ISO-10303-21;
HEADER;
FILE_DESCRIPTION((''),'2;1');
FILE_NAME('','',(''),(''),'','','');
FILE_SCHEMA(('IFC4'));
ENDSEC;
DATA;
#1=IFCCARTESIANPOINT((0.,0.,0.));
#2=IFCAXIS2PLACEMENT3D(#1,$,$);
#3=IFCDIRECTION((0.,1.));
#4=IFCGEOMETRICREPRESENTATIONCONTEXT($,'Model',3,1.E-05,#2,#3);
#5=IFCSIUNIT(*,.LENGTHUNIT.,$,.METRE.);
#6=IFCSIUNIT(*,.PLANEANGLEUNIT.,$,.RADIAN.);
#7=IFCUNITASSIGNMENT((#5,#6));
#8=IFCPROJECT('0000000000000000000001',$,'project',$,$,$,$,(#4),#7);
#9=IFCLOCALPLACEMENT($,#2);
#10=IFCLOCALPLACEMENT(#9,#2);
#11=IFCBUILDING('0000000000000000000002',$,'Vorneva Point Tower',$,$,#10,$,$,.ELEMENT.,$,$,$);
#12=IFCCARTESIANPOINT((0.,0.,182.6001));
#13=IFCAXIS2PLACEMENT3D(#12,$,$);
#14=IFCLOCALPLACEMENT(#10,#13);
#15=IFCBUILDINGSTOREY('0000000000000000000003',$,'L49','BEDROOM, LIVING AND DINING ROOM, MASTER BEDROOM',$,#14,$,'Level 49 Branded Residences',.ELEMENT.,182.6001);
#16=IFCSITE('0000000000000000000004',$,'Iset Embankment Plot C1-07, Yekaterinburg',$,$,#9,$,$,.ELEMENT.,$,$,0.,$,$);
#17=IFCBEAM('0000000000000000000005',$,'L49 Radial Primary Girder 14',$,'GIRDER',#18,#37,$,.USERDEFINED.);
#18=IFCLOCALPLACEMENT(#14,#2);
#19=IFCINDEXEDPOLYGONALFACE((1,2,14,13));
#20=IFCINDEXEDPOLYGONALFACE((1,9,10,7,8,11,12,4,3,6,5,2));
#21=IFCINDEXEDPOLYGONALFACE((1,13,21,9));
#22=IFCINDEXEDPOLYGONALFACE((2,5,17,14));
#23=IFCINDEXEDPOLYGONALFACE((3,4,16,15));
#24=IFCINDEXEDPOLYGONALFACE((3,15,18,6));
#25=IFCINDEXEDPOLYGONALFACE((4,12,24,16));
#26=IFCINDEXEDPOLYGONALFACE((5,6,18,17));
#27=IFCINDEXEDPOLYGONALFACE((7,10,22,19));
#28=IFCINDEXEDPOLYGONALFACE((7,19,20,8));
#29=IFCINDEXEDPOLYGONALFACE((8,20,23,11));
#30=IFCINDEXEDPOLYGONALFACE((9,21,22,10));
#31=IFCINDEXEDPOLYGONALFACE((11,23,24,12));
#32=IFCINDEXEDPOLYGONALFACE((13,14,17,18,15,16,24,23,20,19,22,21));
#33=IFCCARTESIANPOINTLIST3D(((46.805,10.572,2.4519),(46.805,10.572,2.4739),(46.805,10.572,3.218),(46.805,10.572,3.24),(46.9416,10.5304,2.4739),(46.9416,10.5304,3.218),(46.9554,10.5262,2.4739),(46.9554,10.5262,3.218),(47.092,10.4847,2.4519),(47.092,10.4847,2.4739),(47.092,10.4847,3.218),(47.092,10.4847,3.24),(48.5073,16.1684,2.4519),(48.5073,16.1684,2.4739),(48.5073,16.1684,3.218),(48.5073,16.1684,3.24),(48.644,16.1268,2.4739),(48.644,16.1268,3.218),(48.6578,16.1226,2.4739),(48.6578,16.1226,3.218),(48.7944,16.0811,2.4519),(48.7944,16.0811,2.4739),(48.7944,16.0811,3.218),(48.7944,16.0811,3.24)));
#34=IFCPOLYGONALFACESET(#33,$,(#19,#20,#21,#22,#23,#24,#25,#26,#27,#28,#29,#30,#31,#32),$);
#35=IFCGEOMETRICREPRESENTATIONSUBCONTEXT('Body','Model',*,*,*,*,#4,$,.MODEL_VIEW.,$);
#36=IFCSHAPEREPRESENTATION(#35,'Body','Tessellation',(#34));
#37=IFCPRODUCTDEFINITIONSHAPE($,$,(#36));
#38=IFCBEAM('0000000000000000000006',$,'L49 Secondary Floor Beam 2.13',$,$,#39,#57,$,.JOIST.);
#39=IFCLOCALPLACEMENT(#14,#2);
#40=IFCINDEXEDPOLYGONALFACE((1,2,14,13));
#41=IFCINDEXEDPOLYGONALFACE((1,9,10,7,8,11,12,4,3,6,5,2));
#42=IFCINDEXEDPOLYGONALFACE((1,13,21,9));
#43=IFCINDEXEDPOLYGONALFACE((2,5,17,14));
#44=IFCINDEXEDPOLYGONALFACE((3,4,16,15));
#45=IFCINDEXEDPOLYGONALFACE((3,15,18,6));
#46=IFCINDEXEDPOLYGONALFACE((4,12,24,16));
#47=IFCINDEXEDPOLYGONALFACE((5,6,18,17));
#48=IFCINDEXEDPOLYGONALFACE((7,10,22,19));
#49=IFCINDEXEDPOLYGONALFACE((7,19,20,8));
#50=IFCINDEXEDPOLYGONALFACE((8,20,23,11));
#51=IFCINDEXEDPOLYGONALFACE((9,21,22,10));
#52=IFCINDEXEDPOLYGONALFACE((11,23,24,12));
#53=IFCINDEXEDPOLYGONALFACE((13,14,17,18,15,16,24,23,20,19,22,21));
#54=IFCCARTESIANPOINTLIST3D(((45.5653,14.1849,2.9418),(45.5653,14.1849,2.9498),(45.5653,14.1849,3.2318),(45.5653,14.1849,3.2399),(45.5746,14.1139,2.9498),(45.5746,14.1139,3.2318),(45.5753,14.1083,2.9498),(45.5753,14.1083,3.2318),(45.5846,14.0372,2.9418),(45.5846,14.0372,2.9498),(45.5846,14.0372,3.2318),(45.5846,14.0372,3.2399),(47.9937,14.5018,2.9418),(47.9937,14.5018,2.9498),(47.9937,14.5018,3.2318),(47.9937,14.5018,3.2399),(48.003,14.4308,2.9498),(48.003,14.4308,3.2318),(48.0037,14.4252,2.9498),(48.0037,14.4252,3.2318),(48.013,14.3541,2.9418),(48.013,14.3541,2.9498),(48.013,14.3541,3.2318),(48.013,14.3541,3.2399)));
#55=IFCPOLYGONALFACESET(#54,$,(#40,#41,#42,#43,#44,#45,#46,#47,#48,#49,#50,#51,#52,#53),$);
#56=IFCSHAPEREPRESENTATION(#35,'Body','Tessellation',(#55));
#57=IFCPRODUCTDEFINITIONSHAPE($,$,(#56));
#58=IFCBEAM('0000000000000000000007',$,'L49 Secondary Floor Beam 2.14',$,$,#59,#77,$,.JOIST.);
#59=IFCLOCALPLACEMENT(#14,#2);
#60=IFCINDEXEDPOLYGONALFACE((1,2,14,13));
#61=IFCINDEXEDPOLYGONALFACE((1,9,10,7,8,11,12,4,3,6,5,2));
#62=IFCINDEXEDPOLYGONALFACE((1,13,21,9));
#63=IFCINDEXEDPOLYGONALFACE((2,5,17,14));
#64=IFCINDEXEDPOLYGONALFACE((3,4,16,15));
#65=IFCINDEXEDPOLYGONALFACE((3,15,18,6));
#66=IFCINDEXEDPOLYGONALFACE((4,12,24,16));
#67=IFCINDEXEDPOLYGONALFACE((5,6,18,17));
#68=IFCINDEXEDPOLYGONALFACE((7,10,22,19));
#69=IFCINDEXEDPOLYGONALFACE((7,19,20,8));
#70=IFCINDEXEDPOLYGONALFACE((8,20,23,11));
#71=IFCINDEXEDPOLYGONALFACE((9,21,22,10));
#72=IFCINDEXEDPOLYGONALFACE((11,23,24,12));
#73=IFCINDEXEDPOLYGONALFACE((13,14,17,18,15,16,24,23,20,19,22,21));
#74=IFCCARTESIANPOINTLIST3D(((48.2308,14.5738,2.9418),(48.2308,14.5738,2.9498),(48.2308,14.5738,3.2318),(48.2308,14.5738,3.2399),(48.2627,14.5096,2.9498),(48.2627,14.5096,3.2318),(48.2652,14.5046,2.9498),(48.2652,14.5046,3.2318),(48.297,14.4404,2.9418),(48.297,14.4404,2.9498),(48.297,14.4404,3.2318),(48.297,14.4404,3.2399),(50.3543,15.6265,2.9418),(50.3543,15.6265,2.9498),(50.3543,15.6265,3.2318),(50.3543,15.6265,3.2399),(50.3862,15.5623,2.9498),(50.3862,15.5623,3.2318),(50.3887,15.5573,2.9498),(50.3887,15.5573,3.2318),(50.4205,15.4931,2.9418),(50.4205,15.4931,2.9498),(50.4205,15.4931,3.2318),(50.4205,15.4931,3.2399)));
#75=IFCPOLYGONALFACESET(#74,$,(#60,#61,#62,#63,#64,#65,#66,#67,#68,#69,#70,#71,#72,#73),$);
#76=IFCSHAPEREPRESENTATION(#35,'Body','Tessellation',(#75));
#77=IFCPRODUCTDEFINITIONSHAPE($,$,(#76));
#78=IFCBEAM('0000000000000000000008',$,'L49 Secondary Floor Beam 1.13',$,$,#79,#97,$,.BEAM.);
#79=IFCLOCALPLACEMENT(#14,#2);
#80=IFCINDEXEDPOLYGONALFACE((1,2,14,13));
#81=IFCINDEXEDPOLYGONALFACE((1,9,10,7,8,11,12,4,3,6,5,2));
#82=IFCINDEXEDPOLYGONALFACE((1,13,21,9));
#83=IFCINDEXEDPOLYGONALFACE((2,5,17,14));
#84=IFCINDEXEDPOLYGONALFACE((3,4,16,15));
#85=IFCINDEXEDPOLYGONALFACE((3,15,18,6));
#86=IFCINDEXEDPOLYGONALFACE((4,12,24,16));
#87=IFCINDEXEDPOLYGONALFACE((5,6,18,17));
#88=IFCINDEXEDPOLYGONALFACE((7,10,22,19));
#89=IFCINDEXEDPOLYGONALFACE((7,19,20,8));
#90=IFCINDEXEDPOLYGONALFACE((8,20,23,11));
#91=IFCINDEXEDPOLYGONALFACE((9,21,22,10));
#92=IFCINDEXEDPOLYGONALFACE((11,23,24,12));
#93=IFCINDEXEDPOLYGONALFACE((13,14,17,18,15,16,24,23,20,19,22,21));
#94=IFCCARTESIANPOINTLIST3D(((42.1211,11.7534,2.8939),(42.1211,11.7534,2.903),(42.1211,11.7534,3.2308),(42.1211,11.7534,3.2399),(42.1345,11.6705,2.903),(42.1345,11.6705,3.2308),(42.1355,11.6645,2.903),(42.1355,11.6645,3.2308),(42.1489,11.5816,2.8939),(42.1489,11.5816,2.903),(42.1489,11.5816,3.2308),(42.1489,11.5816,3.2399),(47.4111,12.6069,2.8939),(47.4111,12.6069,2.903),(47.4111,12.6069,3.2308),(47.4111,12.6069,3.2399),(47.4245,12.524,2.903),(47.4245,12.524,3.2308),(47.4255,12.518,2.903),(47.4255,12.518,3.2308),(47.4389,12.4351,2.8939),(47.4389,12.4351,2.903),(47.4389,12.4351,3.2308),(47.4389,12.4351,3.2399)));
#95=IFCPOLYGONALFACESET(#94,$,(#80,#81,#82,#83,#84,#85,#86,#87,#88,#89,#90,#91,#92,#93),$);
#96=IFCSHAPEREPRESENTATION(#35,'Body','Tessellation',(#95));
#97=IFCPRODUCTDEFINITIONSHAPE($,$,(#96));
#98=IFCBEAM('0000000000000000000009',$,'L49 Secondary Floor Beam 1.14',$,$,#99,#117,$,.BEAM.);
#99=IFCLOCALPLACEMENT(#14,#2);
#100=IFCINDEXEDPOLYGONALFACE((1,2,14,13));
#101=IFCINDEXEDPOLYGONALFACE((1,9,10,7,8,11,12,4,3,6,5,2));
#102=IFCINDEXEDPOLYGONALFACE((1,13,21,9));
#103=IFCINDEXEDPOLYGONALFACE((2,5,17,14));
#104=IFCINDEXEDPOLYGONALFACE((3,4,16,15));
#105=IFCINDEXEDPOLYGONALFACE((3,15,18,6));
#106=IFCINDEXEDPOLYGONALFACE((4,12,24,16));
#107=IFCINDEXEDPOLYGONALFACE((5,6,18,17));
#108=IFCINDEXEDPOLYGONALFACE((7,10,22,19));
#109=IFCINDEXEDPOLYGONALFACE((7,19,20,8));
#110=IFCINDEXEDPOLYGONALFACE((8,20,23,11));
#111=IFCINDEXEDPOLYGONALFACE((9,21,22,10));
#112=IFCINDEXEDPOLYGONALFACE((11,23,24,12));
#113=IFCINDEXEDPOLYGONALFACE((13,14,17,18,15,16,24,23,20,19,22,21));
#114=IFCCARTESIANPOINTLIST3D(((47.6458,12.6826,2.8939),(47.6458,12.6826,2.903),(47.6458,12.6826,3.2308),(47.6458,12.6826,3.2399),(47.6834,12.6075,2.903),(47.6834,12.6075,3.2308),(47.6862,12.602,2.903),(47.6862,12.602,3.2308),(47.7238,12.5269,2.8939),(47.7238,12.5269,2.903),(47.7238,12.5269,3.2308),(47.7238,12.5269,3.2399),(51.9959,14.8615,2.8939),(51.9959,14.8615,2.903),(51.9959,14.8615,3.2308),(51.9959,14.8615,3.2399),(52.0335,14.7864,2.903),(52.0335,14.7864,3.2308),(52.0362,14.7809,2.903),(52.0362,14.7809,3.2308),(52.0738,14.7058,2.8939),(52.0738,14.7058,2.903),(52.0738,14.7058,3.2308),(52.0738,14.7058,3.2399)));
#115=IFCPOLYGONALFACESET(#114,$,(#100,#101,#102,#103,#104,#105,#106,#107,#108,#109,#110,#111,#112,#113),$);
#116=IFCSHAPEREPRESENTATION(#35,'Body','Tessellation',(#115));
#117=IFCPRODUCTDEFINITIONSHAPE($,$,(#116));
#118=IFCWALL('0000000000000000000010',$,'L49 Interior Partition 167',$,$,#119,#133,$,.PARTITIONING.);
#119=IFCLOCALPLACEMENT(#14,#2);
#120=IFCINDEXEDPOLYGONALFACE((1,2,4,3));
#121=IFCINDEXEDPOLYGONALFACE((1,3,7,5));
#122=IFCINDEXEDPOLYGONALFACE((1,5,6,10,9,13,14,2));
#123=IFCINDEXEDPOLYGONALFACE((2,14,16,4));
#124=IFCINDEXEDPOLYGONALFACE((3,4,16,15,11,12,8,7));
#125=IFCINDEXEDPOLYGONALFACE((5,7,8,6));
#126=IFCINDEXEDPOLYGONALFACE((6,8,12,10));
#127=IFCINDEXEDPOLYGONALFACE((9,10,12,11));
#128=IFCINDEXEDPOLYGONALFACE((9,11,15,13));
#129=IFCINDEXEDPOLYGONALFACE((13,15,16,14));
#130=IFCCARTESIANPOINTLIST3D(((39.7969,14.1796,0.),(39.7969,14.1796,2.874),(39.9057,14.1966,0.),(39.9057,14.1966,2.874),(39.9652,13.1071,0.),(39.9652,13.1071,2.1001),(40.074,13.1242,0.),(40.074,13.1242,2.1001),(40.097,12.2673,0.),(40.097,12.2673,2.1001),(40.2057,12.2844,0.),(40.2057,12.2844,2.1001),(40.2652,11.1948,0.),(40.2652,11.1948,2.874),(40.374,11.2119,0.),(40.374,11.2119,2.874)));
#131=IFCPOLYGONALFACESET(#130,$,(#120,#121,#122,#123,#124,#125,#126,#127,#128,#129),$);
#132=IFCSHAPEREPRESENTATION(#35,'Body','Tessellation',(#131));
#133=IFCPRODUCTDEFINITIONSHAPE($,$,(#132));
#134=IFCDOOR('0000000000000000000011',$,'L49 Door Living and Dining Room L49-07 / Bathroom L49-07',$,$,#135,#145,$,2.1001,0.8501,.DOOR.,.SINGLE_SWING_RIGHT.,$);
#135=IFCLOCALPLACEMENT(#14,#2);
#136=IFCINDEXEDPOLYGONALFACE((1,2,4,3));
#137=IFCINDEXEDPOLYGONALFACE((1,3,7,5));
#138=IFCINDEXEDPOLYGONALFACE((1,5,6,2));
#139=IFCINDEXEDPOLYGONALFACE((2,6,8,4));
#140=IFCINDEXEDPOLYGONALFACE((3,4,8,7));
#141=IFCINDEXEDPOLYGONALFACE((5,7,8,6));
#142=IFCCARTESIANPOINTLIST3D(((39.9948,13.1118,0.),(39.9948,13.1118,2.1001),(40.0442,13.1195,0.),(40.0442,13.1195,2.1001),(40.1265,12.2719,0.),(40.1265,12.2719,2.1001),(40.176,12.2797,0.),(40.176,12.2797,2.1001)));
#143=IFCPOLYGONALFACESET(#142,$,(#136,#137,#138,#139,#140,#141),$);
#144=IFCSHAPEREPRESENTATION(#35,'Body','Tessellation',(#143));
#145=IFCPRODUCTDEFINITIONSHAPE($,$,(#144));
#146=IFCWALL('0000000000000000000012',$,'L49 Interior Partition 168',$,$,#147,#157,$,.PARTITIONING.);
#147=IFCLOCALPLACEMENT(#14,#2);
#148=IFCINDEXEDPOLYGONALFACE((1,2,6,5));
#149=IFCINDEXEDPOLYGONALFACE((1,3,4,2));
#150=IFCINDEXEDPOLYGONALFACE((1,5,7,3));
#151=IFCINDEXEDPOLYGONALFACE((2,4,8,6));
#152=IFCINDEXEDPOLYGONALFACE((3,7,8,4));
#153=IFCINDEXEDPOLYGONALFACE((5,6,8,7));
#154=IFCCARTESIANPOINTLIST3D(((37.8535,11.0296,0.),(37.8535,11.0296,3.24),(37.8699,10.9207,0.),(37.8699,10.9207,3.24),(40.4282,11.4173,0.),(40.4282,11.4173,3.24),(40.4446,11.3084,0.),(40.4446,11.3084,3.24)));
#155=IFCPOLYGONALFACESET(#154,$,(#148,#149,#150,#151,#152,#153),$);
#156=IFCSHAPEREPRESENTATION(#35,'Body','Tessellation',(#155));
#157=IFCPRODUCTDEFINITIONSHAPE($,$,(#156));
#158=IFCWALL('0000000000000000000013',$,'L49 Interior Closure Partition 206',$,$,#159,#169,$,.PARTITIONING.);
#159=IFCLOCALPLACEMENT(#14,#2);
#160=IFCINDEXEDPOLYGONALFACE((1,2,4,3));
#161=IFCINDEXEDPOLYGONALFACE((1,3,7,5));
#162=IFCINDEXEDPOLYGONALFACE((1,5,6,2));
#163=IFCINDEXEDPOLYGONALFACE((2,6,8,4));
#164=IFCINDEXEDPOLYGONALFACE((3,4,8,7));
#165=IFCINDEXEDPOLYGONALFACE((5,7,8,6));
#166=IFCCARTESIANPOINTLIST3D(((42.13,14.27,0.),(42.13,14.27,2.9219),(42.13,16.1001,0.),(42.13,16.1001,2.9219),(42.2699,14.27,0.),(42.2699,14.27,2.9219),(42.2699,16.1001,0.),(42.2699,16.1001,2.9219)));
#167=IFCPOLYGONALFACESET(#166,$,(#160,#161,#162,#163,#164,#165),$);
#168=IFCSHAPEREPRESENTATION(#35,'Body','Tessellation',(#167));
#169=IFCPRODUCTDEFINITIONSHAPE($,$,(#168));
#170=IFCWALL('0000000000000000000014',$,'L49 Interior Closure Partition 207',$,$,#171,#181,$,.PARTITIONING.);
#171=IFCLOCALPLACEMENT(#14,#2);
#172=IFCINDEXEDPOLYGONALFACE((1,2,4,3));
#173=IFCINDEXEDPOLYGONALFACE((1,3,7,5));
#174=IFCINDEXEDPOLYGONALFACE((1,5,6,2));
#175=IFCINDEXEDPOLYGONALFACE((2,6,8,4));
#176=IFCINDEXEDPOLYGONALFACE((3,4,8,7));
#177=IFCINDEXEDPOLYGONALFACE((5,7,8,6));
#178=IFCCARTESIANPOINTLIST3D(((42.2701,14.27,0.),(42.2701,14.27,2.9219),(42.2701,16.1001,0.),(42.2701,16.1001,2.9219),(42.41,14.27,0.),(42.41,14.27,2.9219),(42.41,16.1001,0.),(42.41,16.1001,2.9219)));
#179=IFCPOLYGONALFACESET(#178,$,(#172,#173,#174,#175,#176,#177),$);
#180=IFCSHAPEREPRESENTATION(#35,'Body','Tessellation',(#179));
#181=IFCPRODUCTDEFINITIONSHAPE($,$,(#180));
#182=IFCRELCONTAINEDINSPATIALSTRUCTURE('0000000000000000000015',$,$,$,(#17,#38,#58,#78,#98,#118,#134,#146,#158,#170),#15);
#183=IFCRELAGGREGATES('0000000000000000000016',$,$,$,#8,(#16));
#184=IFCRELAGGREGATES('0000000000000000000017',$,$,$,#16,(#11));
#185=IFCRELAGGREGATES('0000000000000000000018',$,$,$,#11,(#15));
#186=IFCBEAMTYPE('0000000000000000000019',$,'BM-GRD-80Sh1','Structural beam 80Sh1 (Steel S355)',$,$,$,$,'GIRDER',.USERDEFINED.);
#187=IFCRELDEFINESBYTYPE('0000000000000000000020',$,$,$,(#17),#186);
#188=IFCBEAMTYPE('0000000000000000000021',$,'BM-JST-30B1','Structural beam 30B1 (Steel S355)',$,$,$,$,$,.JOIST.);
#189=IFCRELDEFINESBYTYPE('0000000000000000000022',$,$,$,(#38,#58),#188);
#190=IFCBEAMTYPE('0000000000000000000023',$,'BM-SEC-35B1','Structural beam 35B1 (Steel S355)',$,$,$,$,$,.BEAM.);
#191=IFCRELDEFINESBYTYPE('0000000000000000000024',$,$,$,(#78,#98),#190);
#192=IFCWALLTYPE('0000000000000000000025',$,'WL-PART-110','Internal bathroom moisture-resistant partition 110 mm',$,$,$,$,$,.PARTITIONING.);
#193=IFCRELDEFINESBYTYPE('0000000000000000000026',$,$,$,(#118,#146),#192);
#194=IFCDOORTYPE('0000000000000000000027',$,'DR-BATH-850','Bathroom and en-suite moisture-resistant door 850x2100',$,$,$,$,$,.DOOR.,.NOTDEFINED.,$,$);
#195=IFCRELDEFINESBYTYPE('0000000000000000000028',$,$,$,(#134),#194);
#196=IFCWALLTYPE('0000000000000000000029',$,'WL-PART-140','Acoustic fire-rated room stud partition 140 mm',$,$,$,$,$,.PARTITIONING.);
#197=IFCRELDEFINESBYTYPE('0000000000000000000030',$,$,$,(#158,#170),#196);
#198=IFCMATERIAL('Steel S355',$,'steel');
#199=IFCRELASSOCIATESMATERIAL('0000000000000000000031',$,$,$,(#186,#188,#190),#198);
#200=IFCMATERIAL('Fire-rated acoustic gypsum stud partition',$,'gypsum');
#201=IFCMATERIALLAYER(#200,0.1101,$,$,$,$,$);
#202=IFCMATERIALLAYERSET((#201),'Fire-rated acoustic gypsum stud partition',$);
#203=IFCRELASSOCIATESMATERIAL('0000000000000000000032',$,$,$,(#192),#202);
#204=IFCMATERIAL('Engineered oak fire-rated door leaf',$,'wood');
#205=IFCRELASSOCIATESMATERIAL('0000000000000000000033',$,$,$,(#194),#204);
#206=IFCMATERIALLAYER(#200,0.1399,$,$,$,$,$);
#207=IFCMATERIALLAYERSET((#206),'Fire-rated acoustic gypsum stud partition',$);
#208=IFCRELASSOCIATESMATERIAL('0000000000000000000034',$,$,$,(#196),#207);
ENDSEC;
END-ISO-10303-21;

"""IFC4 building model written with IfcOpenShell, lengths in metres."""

from ifc_helpers import new_model, si_unit, direction, frame, frame_2d, origin, origin_2d, place, context, subcontext, project, spatial, rectangle, i_section, extrude, material, layer, layer_set, material_profile, profile_set, type_object, element, fill, save


model = new_model("IFC4")

# Units and contexts
model_context = context("Model", 3, precision=1e-05, world=origin(), true_north=direction((0.0, 1.0)))
body_context = subcontext(model_context, "Body", "Model", "MODEL_VIEW")
ifc_project = project(units=[si_unit("LENGTHUNIT", "METRE"), si_unit("PLANEANGLEUNIT", "RADIAN")], contexts=[model_context])

# Site, building, storey
site_placement = place(None, origin())
site = spatial("IfcSite", under=ifc_project, at=site_placement, Name="Iset Embankment Plot C1-07, Yekaterinburg", CompositionType="ELEMENT", RefElevation=0.0)
building_placement = place(site_placement, origin())
building = spatial("IfcBuilding", under=site, at=building_placement, Name="Vorneva Point Tower", CompositionType="ELEMENT")
storey_placement = place(building_placement, frame((0.0, 0.0, 182.6001)))
storey = spatial("IfcBuildingStorey", under=building, at=storey_placement, Name="L49", Description="BEDROOM, LIVING AND DINING ROOM, MASTER BEDROOM", LongName="Level 49 Branded Residences", CompositionType="ELEMENT", Elevation=182.6001)

# Beams
ifc_material_1 = material(Name="Steel S355", Category="steel")
ifc_material_profile_1 = material_profile(ifc_material_1, i_section(OverallWidth=0.3, OverallDepth=0.7881, WebThickness=0.0144, FlangeThickness=0.022, at=origin_2d()), Name="80Sh1")
ifc_profile_set_1 = profile_set([ifc_material_profile_1], Name="Steel S355")
beam_type_1 = type_object("IfcBeamType", Name="BM-GRD-80Sh1", Description="Structural beam 80Sh1 (Steel S355)", ElementType="GIRDER", PredefinedType="USERDEFINED", material=ifc_profile_set_1)
beam_1_placement = place(storey_placement, frame((46.9485, 10.5283, 2.8459), z_axis=(0.291025, 0.956715, 0.0), x_axis=(-0.956715, 0.291025, 0.0)))
element("IfcBeam", 1, at=beam_1_placement, inside=storey, type_object=beam_type_1, Name="L49 Radial Primary Girder 14", ObjectType="GIRDER", PredefinedType="USERDEFINED", context=body_context, shape_type="SweptSolid", body=[
    extrude(i_section(OverallWidth=0.3, OverallDepth=0.7881, WebThickness=0.0144, FlangeThickness=0.022, at=origin_2d()), origin(), (0.0, 0.0, 1.0), 5.8496),
])
ifc_material_profile_2 = material_profile(ifc_material_1, i_section(OverallWidth=0.1489, OverallDepth=0.2981, WebThickness=0.0056, FlangeThickness=0.0081, at=origin_2d()), Name="30B1")
ifc_profile_set_2 = profile_set([ifc_material_profile_2], Name="Steel S355")
beam_type_2 = type_object("IfcBeamType", Name="BM-JST-30B1", Description="Structural beam 30B1 (Steel S355)", PredefinedType="JOIST", material=ifc_profile_set_2)
beam_2_placement = place(storey_placement, frame((45.575, 14.1111, 3.0908), z_axis=(0.991593, 0.129395, 0.0), x_axis=(-0.129395, 0.991593, 0.0)))
element("IfcBeam", 2, at=beam_2_placement, inside=storey, type_object=beam_type_2, Name="L49 Secondary Floor Beam 2.13", PredefinedType="JOIST", context=body_context, shape_type="SweptSolid", body=[
    extrude(i_section(OverallWidth=0.1489, OverallDepth=0.2981, WebThickness=0.0056, FlangeThickness=0.0081, at=origin_2d()), origin(), (0.0, 0.0, 1.0), 2.449),
])
beam_3_placement = place(storey_placement, frame((48.2639, 14.5071, 3.0908), z_axis=(0.895946, 0.444162, 0.0), x_axis=(-0.444162, 0.895946, 0.0)))
element("IfcBeam", 3, at=beam_3_placement, inside=storey, type_object=beam_type_2, Name="L49 Secondary Floor Beam 2.14", PredefinedType="JOIST", context=body_context, shape_type="SweptSolid", body=[
    extrude(i_section(OverallWidth=0.1489, OverallDepth=0.2981, WebThickness=0.0056, FlangeThickness=0.0081, at=origin_2d()), origin(), (0.0, 0.0, 1.0), 2.3701),
])
ifc_material_profile_3 = material_profile(ifc_material_1, i_section(OverallWidth=0.1741, OverallDepth=0.3459, WebThickness=0.0061, FlangeThickness=0.009, at=origin_2d()), Name="35B1")
ifc_profile_set_3 = profile_set([ifc_material_profile_3], Name="Steel S355")
beam_type_3 = type_object("IfcBeamType", Name="BM-SEC-35B1", Description="Structural beam 35B1 (Steel S355)", PredefinedType="BEAM", material=ifc_profile_set_3)
beam_4_placement = place(storey_placement, frame((42.135, 11.6675, 3.0669), z_axis=(0.987233, 0.159284, 0.0), x_axis=(-0.159284, 0.987233, 0.0)))
element("IfcBeam", 4, at=beam_4_placement, inside=storey, type_object=beam_type_3, Name="L49 Secondary Floor Beam 1.13", PredefinedType="BEAM", context=body_context, shape_type="SweptSolid", body=[
    extrude(i_section(OverallWidth=0.1741, OverallDepth=0.3459, WebThickness=0.0061, FlangeThickness=0.009, at=origin_2d()), origin(), (0.0, 0.0, 1.0), 5.3584),
])
beam_5_placement = place(storey_placement, frame((47.6848, 12.6047, 3.0669), z_axis=(0.894106, 0.447856, 0.0), x_axis=(-0.447856, 0.894106, 0.0)))
element("IfcBeam", 5, at=beam_5_placement, inside=storey, type_object=beam_type_3, Name="L49 Secondary Floor Beam 1.14", PredefinedType="BEAM", context=body_context, shape_type="SweptSolid", body=[
    extrude(i_section(OverallWidth=0.1741, OverallDepth=0.3459, WebThickness=0.0061, FlangeThickness=0.009, at=origin_2d()), origin(), (0.0, 0.0, 1.0), 4.8652),
])

# Wall, opening, door
ifc_material_2 = material(Name="Fire-rated acoustic gypsum stud partition", Category="gypsum")
ifc_layer_1 = layer(ifc_material_2, 0.1101)
ifc_layer_set_1 = layer_set([ifc_layer_1], Name="Fire-rated acoustic gypsum stud partition")
wall_type_1 = type_object("IfcWallType", Name="WL-PART-110", Description="Internal bathroom moisture-resistant partition 110 mm", PredefinedType="PARTITIONING", material=ifc_layer_set_1)
wall_1_placement = place(storey_placement, frame((39.8513, 14.1882, 0.0), z_axis=(0.0, 0.0, 1.0), x_axis=(0.154996, -0.987915, 0.0)))
wall_1 = element("IfcWall", 6, at=wall_1_placement, inside=storey, type_object=wall_type_1, Name="L49 Interior Partition 167", PredefinedType="PARTITIONING", context=body_context, shape_type="SweptSolid", body=[
    extrude(rectangle(XDim=3.0212, YDim=0.1101, at=frame_2d((1.5107, 0.0))), origin(), (0.0, 0.0, 1.0), 2.874),
])
opening_1_placement = place(wall_1_placement, frame((1.0857, 0.0, 0.0)))
opening_1 = element("IfcOpeningElement", 7, at=opening_1_placement, cuts=wall_1, PredefinedType="OPENING", context=body_context, shape_type="SweptSolid", body=[
    extrude(rectangle(XDim=0.8501, YDim=2.1001, at=frame_2d((0.425, 1.05))), frame((0.0, 0.0698, 0.0), z_axis=(0.0, -1.0, 0.0), x_axis=(1.0, 0.0, 0.0)), (0.0, 0.0, 1.0), 0.1399),
])
ifc_material_3 = material(Name="Engineered oak fire-rated door leaf", Category="wood")
door_type_1 = type_object("IfcDoorType", Name="DR-BATH-850", Description="Bathroom and en-suite moisture-resistant door 850x2100", OperationType="NOTDEFINED", PredefinedType="DOOR", material=ifc_material_3)
door_1_placement = place(opening_1_placement, origin())
door_1 = element("IfcDoor", 8, at=door_1_placement, inside=storey, type_object=door_type_1, Name="L49 Door Living and Dining Room L49-07 / Bathroom L49-07", OperationType="SINGLE_SWING_RIGHT", OverallHeight=2.1001, OverallWidth=0.8501, PredefinedType="DOOR", context=body_context, shape_type="SweptSolid", body=[
    extrude(rectangle(XDim=0.8501, YDim=2.1001, at=frame_2d((0.425, 1.05))), frame((0.0, 0.0249, 0.0), z_axis=(0.0, -1.0, 0.0), x_axis=(1.0, 0.0, 0.0)), (0.0, 0.0, 1.0), 0.05),
])
fill(opening_1, door_1)

# Walls
wall_2_placement = place(storey_placement, frame((40.4363, 11.3628, 0.0), z_axis=(0.0, 0.0, 1.0), x_axis=(-0.988852, -0.1489, 0.0)))
element("IfcWall", 9, at=wall_2_placement, inside=storey, type_object=wall_type_1, Name="L49 Interior Partition 168", PredefinedType="PARTITIONING", context=body_context, shape_type="SweptSolid", body=[
    extrude(rectangle(XDim=2.6038, YDim=0.1101, at=frame_2d((1.3018, 0.0))), origin(), (0.0, 0.0, 1.0), 3.24),
])
ifc_layer_2 = layer(ifc_material_2, 0.1399)
ifc_layer_set_2 = layer_set([ifc_layer_2], Name="Fire-rated acoustic gypsum stud partition")
wall_type_2 = type_object("IfcWallType", Name="WL-PART-140", Description="Acoustic fire-rated room stud partition 140 mm", PredefinedType="PARTITIONING", material=ifc_layer_set_2)
for number, where, z_axis, x_axis, name in (
    (10, (42.2, 16.1001, 0.0), (0.0, 0.0, 1.0), (0.0, -1.0, 0.0), "L49 Interior Closure Partition 206"),
    (11, (42.3401, 14.27, 0.0), (0.0, 0.0, 1.0), (0.0, 1.0, 0.0), "L49 Interior Closure Partition 207"),
):
    element("IfcWall", number, at=place(storey_placement, frame(where, z_axis=z_axis, x_axis=x_axis)), inside=storey, type_object=wall_type_2, Name=name, PredefinedType="PARTITIONING", context=body_context, shape_type="SweptSolid", body=[
        extrude(rectangle(XDim=1.8301, YDim=0.1399, at=frame_2d((0.915, 0.0))), origin(), (0.0, 0.0, 1.0), 2.9219),
    ])

save(model, "model.ifc")
